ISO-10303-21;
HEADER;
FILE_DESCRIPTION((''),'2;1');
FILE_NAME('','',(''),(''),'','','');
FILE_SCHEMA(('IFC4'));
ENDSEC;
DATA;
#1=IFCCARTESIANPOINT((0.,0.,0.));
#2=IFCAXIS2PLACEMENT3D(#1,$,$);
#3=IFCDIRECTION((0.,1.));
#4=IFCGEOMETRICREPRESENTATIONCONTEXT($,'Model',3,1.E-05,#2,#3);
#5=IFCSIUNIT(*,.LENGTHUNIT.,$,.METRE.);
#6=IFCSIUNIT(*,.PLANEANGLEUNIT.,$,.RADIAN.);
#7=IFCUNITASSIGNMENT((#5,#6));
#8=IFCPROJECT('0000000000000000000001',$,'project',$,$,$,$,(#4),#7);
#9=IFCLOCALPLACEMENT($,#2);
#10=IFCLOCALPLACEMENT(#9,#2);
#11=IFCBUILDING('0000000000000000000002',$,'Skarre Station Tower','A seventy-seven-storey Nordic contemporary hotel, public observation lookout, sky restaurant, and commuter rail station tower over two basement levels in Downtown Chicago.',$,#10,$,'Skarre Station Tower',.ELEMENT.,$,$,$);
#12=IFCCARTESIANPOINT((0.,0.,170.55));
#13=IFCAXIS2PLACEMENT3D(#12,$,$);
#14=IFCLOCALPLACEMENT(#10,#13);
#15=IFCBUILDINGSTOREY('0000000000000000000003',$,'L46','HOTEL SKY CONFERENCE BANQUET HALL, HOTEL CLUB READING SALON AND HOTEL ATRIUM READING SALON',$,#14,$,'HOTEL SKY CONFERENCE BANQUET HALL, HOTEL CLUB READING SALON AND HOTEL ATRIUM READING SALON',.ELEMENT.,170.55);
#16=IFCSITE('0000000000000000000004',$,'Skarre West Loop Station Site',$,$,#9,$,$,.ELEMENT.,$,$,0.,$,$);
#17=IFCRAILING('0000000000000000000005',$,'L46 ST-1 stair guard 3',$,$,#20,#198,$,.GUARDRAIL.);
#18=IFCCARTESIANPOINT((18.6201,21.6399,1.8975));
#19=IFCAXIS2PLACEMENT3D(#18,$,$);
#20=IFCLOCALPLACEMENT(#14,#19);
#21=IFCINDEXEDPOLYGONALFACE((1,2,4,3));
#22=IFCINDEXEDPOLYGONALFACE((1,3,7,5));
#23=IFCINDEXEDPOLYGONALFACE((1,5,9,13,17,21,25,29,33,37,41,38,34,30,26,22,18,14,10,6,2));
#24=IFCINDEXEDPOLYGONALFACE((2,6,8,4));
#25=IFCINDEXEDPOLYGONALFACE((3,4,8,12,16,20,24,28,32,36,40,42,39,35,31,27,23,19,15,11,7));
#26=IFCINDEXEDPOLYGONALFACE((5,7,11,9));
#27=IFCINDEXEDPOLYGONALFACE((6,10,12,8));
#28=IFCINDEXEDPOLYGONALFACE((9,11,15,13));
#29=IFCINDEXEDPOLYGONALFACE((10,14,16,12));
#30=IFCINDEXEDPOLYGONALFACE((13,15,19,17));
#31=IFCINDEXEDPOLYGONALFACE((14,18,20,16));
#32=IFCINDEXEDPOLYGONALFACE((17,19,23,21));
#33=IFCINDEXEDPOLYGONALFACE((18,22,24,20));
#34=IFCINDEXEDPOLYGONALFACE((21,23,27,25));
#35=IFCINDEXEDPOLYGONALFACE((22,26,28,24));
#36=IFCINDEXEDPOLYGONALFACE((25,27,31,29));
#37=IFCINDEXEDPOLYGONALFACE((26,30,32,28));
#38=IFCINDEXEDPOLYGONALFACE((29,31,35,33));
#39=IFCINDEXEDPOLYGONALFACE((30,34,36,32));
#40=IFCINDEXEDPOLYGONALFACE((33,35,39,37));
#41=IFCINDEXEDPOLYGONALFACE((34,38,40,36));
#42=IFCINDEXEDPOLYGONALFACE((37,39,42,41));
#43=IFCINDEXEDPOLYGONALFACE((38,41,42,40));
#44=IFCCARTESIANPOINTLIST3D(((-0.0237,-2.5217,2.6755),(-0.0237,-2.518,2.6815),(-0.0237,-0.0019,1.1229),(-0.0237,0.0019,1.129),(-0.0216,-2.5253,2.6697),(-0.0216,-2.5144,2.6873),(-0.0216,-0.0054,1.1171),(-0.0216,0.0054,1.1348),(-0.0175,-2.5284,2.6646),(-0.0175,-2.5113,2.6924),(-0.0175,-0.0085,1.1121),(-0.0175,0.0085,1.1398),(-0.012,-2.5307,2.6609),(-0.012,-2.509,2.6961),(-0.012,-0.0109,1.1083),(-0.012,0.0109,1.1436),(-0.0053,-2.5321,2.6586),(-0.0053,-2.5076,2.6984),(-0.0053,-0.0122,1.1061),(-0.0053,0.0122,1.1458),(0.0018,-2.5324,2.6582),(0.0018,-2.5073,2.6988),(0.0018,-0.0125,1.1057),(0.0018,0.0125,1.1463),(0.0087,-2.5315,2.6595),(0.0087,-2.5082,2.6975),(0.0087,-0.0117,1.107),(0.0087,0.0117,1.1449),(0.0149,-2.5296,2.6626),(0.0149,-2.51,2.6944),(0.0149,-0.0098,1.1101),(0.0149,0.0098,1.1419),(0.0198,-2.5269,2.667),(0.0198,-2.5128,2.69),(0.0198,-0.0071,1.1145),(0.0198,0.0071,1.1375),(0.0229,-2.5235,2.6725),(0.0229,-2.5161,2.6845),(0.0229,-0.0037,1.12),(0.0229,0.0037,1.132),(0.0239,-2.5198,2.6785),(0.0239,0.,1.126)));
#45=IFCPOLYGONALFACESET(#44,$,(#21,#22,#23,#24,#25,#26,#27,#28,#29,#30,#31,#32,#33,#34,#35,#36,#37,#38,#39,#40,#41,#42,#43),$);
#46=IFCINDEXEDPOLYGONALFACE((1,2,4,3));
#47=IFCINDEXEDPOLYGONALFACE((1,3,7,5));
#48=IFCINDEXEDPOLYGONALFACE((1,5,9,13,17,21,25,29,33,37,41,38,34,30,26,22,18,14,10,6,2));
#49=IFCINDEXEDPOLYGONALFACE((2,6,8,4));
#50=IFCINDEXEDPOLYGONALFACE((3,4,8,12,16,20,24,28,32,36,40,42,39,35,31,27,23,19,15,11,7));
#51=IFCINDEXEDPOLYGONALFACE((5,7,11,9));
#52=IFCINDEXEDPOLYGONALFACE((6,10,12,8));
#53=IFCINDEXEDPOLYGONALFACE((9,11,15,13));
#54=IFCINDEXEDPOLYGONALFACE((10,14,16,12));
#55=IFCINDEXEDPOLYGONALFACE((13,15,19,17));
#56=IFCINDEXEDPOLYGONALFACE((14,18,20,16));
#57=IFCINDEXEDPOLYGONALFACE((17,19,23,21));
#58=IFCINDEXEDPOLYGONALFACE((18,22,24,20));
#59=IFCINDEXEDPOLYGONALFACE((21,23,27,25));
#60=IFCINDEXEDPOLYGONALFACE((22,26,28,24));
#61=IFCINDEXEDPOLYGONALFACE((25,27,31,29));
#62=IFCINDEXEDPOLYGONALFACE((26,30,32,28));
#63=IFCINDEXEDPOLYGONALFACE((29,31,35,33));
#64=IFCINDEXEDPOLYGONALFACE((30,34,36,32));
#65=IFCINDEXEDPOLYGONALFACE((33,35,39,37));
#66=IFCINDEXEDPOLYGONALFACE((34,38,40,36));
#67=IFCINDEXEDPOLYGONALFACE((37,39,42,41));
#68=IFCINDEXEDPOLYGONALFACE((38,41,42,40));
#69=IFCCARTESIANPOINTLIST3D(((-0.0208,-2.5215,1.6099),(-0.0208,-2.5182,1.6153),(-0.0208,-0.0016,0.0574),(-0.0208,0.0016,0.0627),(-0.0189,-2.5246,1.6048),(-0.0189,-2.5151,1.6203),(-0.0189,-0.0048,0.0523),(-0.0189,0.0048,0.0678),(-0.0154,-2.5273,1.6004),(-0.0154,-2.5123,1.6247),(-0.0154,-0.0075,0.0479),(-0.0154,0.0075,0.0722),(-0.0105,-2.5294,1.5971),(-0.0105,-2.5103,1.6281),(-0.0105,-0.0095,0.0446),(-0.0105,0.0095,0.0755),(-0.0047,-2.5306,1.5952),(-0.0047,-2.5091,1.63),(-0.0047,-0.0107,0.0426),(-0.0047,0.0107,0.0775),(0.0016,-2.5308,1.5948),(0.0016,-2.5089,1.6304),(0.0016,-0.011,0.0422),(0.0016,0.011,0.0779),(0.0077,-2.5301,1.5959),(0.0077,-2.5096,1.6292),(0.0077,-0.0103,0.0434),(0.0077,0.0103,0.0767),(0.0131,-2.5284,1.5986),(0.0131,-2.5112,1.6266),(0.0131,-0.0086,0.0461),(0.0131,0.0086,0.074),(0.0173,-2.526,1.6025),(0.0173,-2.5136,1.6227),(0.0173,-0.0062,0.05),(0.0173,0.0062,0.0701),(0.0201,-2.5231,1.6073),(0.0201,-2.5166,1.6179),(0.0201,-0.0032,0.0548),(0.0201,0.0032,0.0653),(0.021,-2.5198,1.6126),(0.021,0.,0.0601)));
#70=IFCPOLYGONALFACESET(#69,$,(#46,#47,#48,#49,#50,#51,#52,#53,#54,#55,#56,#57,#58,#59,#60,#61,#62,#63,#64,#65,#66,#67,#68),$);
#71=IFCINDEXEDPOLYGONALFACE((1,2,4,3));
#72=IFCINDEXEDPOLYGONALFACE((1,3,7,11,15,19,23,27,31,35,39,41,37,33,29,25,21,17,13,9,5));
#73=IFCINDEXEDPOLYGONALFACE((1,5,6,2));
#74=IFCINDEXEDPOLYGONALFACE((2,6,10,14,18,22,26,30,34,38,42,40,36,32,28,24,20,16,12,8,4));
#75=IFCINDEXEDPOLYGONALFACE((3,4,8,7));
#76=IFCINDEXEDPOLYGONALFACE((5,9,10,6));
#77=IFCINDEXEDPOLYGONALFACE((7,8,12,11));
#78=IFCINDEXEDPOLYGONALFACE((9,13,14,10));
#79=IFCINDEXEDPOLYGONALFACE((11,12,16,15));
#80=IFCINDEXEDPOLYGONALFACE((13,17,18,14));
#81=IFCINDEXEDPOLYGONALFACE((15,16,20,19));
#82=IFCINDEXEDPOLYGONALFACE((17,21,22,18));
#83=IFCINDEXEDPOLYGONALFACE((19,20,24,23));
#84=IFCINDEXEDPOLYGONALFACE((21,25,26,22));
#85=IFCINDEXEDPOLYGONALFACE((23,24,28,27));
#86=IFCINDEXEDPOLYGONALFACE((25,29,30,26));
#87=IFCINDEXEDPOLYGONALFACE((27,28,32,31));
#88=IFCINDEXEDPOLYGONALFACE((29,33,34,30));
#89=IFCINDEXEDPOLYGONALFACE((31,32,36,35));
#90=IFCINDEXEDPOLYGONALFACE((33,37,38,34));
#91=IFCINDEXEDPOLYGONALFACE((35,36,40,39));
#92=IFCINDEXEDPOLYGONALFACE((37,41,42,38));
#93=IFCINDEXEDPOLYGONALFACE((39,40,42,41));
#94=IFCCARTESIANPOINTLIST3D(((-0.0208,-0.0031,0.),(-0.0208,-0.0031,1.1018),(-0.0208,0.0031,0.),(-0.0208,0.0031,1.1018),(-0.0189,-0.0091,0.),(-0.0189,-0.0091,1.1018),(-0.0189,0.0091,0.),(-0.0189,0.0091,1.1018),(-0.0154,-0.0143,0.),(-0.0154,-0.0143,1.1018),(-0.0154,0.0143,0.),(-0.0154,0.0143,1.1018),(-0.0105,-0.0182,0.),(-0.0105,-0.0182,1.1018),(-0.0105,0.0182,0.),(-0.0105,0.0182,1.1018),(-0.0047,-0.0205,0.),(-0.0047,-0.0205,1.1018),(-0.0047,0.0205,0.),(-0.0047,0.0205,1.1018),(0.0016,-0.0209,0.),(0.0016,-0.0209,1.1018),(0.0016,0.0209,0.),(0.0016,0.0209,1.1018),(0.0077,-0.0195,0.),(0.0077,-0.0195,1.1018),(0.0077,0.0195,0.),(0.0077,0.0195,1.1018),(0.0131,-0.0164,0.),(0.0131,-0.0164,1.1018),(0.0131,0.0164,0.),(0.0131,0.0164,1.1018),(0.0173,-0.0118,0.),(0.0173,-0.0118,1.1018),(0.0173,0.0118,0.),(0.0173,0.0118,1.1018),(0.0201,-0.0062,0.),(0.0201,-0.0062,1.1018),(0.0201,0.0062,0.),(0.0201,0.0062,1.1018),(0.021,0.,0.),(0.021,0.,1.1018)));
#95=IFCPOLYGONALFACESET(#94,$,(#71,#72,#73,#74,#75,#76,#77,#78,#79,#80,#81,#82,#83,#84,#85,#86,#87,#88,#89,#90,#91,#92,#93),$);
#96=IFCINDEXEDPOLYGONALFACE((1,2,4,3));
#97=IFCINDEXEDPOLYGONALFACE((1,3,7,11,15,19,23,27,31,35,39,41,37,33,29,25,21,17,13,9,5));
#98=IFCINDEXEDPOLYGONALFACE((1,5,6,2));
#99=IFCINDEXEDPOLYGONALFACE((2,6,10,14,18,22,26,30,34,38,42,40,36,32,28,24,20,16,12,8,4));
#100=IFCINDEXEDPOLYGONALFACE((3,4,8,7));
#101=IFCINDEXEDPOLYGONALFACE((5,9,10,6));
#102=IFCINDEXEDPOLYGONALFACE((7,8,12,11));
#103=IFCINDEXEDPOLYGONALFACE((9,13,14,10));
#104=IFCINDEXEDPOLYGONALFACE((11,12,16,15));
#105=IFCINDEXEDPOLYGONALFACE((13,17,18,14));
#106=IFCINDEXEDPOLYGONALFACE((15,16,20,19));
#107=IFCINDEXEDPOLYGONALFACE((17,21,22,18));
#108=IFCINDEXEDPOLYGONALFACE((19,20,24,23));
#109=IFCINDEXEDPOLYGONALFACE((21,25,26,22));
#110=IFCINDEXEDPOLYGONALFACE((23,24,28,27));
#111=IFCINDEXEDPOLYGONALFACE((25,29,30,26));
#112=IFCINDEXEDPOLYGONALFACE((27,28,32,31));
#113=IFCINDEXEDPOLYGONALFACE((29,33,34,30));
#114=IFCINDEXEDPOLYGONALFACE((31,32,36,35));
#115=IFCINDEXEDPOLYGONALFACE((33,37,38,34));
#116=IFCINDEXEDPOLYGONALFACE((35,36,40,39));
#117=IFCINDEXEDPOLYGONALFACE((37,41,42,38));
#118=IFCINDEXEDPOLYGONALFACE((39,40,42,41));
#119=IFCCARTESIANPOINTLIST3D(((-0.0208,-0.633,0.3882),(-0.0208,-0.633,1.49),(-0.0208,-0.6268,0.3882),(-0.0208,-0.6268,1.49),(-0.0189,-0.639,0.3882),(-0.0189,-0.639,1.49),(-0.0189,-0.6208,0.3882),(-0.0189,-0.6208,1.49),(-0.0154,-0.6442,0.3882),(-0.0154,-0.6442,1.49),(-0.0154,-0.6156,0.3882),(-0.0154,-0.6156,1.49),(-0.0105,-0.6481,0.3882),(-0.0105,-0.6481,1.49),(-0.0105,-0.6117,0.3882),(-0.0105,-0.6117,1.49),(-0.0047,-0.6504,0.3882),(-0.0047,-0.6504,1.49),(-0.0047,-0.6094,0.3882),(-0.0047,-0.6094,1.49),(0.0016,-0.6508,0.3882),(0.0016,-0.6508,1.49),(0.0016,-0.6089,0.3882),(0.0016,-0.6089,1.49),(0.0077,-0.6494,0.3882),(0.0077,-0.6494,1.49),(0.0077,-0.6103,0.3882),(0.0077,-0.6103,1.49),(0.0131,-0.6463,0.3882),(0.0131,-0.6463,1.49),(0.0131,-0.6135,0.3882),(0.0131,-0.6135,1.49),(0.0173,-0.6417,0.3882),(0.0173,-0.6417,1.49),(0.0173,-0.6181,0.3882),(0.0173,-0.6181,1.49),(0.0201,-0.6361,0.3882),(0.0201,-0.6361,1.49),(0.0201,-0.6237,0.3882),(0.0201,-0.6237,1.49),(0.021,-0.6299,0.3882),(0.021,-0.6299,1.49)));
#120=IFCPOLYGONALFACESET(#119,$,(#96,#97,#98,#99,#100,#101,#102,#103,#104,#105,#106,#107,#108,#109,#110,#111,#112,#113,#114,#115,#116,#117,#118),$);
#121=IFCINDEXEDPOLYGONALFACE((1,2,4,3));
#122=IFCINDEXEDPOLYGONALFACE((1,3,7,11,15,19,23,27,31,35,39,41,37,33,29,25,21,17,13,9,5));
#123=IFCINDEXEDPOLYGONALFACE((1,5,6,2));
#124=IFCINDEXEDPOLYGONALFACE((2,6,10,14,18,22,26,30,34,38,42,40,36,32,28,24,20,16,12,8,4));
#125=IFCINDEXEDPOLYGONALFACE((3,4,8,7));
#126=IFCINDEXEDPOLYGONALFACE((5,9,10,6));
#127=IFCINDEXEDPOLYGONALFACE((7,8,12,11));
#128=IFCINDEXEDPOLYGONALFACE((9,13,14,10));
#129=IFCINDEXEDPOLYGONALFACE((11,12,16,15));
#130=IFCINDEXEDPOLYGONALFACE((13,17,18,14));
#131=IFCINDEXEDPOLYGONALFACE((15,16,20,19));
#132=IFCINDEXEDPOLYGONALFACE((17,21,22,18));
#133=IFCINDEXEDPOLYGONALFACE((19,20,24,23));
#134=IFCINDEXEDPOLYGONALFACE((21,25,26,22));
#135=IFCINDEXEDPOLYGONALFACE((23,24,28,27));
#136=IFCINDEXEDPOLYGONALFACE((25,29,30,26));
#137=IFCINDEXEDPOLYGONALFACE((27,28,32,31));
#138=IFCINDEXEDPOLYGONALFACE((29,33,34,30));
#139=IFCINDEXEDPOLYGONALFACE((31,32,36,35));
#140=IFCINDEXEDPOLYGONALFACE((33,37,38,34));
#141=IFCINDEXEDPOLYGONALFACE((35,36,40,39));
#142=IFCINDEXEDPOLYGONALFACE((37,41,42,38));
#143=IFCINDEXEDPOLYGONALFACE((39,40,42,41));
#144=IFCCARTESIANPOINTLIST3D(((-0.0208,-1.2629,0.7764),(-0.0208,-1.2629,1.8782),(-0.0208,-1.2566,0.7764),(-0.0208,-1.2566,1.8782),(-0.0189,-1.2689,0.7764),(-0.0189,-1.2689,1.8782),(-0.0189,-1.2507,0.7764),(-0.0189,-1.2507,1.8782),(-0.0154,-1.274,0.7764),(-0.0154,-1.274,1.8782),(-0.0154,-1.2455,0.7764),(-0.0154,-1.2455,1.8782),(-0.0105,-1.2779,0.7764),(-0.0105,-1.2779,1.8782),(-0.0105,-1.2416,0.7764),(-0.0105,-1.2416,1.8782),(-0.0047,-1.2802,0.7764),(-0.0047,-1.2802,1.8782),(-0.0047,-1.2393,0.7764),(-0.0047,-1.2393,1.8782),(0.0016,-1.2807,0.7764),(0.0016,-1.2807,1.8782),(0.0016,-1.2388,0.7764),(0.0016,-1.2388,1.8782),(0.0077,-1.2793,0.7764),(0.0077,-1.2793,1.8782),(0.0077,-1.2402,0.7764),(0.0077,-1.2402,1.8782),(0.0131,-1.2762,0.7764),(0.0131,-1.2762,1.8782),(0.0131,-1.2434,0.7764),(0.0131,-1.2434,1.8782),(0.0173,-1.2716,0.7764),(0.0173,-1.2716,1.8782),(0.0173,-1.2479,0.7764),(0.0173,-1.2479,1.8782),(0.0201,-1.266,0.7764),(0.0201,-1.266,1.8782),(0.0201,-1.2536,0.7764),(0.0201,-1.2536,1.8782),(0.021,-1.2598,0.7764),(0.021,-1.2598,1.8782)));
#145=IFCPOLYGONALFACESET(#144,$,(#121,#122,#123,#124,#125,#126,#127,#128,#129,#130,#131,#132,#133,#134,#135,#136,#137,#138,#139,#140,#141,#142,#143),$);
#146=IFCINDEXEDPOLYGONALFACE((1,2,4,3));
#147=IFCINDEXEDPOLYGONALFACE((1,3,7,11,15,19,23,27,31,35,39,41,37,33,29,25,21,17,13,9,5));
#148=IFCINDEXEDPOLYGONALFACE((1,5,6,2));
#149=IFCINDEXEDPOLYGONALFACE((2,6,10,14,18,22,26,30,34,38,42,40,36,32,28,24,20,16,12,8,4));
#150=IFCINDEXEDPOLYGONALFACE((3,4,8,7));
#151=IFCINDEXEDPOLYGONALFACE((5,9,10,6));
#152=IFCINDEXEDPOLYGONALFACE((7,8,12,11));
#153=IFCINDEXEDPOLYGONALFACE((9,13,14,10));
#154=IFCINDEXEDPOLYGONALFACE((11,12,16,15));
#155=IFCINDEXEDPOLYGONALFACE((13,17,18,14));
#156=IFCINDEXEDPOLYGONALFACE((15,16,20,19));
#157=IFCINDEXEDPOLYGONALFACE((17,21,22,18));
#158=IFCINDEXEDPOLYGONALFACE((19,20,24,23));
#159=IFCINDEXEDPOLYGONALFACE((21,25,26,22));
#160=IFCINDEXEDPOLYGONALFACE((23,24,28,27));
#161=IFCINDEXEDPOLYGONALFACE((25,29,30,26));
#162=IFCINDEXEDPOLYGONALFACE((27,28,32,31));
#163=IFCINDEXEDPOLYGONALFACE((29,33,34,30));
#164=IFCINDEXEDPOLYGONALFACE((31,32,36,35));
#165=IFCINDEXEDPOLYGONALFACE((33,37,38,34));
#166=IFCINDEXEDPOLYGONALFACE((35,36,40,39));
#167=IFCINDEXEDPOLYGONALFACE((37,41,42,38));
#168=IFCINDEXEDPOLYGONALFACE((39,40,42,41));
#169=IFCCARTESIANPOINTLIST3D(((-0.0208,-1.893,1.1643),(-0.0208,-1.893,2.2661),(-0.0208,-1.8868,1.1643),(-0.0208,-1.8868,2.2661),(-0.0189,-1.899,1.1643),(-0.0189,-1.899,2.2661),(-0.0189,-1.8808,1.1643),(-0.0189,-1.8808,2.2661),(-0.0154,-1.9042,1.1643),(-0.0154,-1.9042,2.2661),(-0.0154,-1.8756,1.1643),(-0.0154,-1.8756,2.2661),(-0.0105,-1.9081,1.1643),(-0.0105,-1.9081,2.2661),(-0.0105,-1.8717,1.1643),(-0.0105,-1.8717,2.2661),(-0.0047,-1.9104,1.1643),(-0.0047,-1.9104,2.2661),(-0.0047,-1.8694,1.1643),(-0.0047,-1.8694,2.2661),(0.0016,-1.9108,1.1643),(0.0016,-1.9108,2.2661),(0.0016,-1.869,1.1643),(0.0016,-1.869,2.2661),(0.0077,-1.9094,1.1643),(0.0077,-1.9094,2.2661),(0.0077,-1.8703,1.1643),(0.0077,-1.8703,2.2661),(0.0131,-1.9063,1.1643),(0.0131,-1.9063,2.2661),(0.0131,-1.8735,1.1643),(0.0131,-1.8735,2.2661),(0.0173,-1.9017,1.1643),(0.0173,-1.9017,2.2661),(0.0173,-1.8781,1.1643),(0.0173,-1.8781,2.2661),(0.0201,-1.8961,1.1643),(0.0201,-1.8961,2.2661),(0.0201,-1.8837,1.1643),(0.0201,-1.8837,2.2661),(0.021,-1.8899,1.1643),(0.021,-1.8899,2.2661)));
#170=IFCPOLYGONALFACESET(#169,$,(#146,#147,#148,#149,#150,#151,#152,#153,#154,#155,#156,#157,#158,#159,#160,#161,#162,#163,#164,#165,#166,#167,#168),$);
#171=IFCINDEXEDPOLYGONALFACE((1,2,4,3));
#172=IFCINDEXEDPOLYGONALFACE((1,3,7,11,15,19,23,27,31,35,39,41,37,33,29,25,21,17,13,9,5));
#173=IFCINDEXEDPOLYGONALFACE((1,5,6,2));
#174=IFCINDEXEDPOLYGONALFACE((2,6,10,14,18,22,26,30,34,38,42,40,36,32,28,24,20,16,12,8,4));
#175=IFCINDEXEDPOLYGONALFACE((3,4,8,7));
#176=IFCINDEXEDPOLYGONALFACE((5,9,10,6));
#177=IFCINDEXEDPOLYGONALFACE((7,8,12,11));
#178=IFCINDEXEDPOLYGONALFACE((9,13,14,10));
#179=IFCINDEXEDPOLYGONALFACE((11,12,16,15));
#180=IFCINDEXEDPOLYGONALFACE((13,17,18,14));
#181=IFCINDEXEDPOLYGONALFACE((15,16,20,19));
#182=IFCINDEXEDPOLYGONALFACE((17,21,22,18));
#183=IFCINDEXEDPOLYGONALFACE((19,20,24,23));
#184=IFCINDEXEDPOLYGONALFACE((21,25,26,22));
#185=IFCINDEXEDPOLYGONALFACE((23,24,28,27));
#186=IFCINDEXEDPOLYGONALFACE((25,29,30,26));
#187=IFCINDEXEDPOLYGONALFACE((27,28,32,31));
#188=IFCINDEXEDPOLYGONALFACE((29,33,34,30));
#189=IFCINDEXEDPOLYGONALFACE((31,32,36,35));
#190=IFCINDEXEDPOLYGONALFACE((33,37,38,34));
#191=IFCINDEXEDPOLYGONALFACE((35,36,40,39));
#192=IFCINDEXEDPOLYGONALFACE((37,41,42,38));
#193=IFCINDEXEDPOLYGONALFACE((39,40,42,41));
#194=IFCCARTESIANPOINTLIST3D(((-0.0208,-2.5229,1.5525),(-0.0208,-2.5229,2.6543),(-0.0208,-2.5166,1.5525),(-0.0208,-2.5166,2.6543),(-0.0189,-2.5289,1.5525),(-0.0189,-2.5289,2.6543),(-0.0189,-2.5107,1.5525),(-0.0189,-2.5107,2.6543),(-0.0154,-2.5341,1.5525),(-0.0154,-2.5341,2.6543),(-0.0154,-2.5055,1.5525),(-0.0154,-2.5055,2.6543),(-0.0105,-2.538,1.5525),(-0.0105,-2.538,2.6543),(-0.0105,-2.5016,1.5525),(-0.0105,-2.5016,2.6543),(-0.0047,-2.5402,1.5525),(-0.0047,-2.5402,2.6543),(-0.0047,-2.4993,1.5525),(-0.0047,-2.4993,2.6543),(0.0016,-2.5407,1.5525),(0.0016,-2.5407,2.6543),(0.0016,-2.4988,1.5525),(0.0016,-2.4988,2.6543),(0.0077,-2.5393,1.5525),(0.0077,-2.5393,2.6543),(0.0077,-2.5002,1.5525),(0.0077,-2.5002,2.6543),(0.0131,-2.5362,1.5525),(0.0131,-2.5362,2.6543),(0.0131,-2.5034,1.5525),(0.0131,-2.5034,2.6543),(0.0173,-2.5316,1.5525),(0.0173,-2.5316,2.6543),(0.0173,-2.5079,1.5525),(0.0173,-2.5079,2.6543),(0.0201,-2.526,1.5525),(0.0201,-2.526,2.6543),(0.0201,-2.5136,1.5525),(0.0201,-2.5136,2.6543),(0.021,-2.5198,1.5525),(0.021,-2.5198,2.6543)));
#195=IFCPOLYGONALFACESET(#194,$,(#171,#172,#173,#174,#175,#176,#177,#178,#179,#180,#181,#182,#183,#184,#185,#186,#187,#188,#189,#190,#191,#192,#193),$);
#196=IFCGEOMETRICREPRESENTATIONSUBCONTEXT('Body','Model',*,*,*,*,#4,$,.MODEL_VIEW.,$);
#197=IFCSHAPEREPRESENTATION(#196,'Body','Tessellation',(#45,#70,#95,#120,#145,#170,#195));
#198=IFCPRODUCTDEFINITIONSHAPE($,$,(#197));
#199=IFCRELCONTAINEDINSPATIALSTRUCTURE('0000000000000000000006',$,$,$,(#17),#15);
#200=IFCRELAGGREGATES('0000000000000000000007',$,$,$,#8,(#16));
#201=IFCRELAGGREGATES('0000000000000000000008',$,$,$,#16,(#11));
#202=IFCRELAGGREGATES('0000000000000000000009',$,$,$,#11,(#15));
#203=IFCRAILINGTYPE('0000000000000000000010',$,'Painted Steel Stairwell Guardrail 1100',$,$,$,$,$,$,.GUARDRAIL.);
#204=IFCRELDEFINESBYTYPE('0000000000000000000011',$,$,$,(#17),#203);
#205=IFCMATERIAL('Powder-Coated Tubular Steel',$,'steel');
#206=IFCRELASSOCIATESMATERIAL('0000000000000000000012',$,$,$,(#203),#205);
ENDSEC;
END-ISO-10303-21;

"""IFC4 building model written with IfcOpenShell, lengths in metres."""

from ifc_helpers import new_model, si_unit, direction, frame, origin, origin_2d, place, context, subcontext, project, spatial, circle, extrude, material, type_object, element, save


model = new_model("IFC4")

# Units and contexts
model_context = context("Model", 3, precision=1e-05, world=origin(), true_north=direction((0.0, 1.0)))
body_context = subcontext(model_context, "Body", "Model", "MODEL_VIEW")
ifc_project = project(units=[si_unit("LENGTHUNIT", "METRE"), si_unit("PLANEANGLEUNIT", "RADIAN")], contexts=[model_context])

# Site, building, storey
site_placement = place(None, origin())
site = spatial("IfcSite", under=ifc_project, at=site_placement, Name="Skarre West Loop Station Site", CompositionType="ELEMENT", RefElevation=0.0)
building_placement = place(site_placement, origin())
building = spatial("IfcBuilding", under=site, at=building_placement, Name="Skarre Station Tower", Description="A seventy-seven-storey Nordic contemporary hotel, public observation lookout, sky restaurant, and commuter rail station tower over two basement levels in Downtown Chicago.", LongName="Skarre Station Tower", CompositionType="ELEMENT")
storey_placement = place(building_placement, frame((0.0, 0.0, 170.55)))
storey = spatial("IfcBuildingStorey", under=building, at=storey_placement, Name="L46", Description="HOTEL SKY CONFERENCE BANQUET HALL, HOTEL CLUB READING SALON AND HOTEL ATRIUM READING SALON", LongName="HOTEL SKY CONFERENCE BANQUET HALL, HOTEL CLUB READING SALON AND HOTEL ATRIUM READING SALON", CompositionType="ELEMENT", Elevation=170.55)

# Railing
ifc_material_1 = material(Name="Powder-Coated Tubular Steel", Category="steel")
railing_type_1 = type_object("IfcRailingType", Name="Painted Steel Stairwell Guardrail 1100", PredefinedType="GUARDRAIL", material=ifc_material_1)
railing_1_placement = place(storey_placement, frame((18.6201, 21.6399, 1.8975)))
element("IfcRailing", 1, at=railing_1_placement, inside=storey, type_object=railing_type_1, Name="L46 ST-1 stair guard 3", PredefinedType="GUARDRAIL", context=body_context, shape_type="SweptSolid", body=[
    extrude(circle(Radius=0.0239, at=origin_2d()), frame((0.0, 0.0, 1.126), z_axis=(0.0, -0.851378, 0.524553), x_axis=(1.0, 0.0, 0.0)), (0.0, 0.0, 1.0), 2.9597),
    extrude(circle(Radius=0.021, at=origin_2d()), frame((0.0, 0.0, 0.0601), z_axis=(0.0, -0.851378, 0.524553), x_axis=(1.0, 0.0, 0.0)), (0.0, 0.0, 1.0), 2.9597),
    extrude(circle(Radius=0.021, at=origin_2d()), origin(), (0.0, 0.0, 1.0), 1.1018),
    extrude(circle(Radius=0.021, at=origin_2d()), frame((0.0, -0.6299, 0.3882)), (0.0, 0.0, 1.0), 1.1018),
    extrude(circle(Radius=0.021, at=origin_2d()), frame((0.0, -1.2598, 0.7764)), (0.0, 0.0, 1.0), 1.1018),
    extrude(circle(Radius=0.021, at=origin_2d()), frame((0.0, -1.8899, 1.1643)), (0.0, 0.0, 1.0), 1.1018),
    extrude(circle(Radius=0.021, at=origin_2d()), frame((0.0, -2.5198, 1.5525)), (0.0, 0.0, 1.0), 1.1018),
])

save(model, "model.ifc")
